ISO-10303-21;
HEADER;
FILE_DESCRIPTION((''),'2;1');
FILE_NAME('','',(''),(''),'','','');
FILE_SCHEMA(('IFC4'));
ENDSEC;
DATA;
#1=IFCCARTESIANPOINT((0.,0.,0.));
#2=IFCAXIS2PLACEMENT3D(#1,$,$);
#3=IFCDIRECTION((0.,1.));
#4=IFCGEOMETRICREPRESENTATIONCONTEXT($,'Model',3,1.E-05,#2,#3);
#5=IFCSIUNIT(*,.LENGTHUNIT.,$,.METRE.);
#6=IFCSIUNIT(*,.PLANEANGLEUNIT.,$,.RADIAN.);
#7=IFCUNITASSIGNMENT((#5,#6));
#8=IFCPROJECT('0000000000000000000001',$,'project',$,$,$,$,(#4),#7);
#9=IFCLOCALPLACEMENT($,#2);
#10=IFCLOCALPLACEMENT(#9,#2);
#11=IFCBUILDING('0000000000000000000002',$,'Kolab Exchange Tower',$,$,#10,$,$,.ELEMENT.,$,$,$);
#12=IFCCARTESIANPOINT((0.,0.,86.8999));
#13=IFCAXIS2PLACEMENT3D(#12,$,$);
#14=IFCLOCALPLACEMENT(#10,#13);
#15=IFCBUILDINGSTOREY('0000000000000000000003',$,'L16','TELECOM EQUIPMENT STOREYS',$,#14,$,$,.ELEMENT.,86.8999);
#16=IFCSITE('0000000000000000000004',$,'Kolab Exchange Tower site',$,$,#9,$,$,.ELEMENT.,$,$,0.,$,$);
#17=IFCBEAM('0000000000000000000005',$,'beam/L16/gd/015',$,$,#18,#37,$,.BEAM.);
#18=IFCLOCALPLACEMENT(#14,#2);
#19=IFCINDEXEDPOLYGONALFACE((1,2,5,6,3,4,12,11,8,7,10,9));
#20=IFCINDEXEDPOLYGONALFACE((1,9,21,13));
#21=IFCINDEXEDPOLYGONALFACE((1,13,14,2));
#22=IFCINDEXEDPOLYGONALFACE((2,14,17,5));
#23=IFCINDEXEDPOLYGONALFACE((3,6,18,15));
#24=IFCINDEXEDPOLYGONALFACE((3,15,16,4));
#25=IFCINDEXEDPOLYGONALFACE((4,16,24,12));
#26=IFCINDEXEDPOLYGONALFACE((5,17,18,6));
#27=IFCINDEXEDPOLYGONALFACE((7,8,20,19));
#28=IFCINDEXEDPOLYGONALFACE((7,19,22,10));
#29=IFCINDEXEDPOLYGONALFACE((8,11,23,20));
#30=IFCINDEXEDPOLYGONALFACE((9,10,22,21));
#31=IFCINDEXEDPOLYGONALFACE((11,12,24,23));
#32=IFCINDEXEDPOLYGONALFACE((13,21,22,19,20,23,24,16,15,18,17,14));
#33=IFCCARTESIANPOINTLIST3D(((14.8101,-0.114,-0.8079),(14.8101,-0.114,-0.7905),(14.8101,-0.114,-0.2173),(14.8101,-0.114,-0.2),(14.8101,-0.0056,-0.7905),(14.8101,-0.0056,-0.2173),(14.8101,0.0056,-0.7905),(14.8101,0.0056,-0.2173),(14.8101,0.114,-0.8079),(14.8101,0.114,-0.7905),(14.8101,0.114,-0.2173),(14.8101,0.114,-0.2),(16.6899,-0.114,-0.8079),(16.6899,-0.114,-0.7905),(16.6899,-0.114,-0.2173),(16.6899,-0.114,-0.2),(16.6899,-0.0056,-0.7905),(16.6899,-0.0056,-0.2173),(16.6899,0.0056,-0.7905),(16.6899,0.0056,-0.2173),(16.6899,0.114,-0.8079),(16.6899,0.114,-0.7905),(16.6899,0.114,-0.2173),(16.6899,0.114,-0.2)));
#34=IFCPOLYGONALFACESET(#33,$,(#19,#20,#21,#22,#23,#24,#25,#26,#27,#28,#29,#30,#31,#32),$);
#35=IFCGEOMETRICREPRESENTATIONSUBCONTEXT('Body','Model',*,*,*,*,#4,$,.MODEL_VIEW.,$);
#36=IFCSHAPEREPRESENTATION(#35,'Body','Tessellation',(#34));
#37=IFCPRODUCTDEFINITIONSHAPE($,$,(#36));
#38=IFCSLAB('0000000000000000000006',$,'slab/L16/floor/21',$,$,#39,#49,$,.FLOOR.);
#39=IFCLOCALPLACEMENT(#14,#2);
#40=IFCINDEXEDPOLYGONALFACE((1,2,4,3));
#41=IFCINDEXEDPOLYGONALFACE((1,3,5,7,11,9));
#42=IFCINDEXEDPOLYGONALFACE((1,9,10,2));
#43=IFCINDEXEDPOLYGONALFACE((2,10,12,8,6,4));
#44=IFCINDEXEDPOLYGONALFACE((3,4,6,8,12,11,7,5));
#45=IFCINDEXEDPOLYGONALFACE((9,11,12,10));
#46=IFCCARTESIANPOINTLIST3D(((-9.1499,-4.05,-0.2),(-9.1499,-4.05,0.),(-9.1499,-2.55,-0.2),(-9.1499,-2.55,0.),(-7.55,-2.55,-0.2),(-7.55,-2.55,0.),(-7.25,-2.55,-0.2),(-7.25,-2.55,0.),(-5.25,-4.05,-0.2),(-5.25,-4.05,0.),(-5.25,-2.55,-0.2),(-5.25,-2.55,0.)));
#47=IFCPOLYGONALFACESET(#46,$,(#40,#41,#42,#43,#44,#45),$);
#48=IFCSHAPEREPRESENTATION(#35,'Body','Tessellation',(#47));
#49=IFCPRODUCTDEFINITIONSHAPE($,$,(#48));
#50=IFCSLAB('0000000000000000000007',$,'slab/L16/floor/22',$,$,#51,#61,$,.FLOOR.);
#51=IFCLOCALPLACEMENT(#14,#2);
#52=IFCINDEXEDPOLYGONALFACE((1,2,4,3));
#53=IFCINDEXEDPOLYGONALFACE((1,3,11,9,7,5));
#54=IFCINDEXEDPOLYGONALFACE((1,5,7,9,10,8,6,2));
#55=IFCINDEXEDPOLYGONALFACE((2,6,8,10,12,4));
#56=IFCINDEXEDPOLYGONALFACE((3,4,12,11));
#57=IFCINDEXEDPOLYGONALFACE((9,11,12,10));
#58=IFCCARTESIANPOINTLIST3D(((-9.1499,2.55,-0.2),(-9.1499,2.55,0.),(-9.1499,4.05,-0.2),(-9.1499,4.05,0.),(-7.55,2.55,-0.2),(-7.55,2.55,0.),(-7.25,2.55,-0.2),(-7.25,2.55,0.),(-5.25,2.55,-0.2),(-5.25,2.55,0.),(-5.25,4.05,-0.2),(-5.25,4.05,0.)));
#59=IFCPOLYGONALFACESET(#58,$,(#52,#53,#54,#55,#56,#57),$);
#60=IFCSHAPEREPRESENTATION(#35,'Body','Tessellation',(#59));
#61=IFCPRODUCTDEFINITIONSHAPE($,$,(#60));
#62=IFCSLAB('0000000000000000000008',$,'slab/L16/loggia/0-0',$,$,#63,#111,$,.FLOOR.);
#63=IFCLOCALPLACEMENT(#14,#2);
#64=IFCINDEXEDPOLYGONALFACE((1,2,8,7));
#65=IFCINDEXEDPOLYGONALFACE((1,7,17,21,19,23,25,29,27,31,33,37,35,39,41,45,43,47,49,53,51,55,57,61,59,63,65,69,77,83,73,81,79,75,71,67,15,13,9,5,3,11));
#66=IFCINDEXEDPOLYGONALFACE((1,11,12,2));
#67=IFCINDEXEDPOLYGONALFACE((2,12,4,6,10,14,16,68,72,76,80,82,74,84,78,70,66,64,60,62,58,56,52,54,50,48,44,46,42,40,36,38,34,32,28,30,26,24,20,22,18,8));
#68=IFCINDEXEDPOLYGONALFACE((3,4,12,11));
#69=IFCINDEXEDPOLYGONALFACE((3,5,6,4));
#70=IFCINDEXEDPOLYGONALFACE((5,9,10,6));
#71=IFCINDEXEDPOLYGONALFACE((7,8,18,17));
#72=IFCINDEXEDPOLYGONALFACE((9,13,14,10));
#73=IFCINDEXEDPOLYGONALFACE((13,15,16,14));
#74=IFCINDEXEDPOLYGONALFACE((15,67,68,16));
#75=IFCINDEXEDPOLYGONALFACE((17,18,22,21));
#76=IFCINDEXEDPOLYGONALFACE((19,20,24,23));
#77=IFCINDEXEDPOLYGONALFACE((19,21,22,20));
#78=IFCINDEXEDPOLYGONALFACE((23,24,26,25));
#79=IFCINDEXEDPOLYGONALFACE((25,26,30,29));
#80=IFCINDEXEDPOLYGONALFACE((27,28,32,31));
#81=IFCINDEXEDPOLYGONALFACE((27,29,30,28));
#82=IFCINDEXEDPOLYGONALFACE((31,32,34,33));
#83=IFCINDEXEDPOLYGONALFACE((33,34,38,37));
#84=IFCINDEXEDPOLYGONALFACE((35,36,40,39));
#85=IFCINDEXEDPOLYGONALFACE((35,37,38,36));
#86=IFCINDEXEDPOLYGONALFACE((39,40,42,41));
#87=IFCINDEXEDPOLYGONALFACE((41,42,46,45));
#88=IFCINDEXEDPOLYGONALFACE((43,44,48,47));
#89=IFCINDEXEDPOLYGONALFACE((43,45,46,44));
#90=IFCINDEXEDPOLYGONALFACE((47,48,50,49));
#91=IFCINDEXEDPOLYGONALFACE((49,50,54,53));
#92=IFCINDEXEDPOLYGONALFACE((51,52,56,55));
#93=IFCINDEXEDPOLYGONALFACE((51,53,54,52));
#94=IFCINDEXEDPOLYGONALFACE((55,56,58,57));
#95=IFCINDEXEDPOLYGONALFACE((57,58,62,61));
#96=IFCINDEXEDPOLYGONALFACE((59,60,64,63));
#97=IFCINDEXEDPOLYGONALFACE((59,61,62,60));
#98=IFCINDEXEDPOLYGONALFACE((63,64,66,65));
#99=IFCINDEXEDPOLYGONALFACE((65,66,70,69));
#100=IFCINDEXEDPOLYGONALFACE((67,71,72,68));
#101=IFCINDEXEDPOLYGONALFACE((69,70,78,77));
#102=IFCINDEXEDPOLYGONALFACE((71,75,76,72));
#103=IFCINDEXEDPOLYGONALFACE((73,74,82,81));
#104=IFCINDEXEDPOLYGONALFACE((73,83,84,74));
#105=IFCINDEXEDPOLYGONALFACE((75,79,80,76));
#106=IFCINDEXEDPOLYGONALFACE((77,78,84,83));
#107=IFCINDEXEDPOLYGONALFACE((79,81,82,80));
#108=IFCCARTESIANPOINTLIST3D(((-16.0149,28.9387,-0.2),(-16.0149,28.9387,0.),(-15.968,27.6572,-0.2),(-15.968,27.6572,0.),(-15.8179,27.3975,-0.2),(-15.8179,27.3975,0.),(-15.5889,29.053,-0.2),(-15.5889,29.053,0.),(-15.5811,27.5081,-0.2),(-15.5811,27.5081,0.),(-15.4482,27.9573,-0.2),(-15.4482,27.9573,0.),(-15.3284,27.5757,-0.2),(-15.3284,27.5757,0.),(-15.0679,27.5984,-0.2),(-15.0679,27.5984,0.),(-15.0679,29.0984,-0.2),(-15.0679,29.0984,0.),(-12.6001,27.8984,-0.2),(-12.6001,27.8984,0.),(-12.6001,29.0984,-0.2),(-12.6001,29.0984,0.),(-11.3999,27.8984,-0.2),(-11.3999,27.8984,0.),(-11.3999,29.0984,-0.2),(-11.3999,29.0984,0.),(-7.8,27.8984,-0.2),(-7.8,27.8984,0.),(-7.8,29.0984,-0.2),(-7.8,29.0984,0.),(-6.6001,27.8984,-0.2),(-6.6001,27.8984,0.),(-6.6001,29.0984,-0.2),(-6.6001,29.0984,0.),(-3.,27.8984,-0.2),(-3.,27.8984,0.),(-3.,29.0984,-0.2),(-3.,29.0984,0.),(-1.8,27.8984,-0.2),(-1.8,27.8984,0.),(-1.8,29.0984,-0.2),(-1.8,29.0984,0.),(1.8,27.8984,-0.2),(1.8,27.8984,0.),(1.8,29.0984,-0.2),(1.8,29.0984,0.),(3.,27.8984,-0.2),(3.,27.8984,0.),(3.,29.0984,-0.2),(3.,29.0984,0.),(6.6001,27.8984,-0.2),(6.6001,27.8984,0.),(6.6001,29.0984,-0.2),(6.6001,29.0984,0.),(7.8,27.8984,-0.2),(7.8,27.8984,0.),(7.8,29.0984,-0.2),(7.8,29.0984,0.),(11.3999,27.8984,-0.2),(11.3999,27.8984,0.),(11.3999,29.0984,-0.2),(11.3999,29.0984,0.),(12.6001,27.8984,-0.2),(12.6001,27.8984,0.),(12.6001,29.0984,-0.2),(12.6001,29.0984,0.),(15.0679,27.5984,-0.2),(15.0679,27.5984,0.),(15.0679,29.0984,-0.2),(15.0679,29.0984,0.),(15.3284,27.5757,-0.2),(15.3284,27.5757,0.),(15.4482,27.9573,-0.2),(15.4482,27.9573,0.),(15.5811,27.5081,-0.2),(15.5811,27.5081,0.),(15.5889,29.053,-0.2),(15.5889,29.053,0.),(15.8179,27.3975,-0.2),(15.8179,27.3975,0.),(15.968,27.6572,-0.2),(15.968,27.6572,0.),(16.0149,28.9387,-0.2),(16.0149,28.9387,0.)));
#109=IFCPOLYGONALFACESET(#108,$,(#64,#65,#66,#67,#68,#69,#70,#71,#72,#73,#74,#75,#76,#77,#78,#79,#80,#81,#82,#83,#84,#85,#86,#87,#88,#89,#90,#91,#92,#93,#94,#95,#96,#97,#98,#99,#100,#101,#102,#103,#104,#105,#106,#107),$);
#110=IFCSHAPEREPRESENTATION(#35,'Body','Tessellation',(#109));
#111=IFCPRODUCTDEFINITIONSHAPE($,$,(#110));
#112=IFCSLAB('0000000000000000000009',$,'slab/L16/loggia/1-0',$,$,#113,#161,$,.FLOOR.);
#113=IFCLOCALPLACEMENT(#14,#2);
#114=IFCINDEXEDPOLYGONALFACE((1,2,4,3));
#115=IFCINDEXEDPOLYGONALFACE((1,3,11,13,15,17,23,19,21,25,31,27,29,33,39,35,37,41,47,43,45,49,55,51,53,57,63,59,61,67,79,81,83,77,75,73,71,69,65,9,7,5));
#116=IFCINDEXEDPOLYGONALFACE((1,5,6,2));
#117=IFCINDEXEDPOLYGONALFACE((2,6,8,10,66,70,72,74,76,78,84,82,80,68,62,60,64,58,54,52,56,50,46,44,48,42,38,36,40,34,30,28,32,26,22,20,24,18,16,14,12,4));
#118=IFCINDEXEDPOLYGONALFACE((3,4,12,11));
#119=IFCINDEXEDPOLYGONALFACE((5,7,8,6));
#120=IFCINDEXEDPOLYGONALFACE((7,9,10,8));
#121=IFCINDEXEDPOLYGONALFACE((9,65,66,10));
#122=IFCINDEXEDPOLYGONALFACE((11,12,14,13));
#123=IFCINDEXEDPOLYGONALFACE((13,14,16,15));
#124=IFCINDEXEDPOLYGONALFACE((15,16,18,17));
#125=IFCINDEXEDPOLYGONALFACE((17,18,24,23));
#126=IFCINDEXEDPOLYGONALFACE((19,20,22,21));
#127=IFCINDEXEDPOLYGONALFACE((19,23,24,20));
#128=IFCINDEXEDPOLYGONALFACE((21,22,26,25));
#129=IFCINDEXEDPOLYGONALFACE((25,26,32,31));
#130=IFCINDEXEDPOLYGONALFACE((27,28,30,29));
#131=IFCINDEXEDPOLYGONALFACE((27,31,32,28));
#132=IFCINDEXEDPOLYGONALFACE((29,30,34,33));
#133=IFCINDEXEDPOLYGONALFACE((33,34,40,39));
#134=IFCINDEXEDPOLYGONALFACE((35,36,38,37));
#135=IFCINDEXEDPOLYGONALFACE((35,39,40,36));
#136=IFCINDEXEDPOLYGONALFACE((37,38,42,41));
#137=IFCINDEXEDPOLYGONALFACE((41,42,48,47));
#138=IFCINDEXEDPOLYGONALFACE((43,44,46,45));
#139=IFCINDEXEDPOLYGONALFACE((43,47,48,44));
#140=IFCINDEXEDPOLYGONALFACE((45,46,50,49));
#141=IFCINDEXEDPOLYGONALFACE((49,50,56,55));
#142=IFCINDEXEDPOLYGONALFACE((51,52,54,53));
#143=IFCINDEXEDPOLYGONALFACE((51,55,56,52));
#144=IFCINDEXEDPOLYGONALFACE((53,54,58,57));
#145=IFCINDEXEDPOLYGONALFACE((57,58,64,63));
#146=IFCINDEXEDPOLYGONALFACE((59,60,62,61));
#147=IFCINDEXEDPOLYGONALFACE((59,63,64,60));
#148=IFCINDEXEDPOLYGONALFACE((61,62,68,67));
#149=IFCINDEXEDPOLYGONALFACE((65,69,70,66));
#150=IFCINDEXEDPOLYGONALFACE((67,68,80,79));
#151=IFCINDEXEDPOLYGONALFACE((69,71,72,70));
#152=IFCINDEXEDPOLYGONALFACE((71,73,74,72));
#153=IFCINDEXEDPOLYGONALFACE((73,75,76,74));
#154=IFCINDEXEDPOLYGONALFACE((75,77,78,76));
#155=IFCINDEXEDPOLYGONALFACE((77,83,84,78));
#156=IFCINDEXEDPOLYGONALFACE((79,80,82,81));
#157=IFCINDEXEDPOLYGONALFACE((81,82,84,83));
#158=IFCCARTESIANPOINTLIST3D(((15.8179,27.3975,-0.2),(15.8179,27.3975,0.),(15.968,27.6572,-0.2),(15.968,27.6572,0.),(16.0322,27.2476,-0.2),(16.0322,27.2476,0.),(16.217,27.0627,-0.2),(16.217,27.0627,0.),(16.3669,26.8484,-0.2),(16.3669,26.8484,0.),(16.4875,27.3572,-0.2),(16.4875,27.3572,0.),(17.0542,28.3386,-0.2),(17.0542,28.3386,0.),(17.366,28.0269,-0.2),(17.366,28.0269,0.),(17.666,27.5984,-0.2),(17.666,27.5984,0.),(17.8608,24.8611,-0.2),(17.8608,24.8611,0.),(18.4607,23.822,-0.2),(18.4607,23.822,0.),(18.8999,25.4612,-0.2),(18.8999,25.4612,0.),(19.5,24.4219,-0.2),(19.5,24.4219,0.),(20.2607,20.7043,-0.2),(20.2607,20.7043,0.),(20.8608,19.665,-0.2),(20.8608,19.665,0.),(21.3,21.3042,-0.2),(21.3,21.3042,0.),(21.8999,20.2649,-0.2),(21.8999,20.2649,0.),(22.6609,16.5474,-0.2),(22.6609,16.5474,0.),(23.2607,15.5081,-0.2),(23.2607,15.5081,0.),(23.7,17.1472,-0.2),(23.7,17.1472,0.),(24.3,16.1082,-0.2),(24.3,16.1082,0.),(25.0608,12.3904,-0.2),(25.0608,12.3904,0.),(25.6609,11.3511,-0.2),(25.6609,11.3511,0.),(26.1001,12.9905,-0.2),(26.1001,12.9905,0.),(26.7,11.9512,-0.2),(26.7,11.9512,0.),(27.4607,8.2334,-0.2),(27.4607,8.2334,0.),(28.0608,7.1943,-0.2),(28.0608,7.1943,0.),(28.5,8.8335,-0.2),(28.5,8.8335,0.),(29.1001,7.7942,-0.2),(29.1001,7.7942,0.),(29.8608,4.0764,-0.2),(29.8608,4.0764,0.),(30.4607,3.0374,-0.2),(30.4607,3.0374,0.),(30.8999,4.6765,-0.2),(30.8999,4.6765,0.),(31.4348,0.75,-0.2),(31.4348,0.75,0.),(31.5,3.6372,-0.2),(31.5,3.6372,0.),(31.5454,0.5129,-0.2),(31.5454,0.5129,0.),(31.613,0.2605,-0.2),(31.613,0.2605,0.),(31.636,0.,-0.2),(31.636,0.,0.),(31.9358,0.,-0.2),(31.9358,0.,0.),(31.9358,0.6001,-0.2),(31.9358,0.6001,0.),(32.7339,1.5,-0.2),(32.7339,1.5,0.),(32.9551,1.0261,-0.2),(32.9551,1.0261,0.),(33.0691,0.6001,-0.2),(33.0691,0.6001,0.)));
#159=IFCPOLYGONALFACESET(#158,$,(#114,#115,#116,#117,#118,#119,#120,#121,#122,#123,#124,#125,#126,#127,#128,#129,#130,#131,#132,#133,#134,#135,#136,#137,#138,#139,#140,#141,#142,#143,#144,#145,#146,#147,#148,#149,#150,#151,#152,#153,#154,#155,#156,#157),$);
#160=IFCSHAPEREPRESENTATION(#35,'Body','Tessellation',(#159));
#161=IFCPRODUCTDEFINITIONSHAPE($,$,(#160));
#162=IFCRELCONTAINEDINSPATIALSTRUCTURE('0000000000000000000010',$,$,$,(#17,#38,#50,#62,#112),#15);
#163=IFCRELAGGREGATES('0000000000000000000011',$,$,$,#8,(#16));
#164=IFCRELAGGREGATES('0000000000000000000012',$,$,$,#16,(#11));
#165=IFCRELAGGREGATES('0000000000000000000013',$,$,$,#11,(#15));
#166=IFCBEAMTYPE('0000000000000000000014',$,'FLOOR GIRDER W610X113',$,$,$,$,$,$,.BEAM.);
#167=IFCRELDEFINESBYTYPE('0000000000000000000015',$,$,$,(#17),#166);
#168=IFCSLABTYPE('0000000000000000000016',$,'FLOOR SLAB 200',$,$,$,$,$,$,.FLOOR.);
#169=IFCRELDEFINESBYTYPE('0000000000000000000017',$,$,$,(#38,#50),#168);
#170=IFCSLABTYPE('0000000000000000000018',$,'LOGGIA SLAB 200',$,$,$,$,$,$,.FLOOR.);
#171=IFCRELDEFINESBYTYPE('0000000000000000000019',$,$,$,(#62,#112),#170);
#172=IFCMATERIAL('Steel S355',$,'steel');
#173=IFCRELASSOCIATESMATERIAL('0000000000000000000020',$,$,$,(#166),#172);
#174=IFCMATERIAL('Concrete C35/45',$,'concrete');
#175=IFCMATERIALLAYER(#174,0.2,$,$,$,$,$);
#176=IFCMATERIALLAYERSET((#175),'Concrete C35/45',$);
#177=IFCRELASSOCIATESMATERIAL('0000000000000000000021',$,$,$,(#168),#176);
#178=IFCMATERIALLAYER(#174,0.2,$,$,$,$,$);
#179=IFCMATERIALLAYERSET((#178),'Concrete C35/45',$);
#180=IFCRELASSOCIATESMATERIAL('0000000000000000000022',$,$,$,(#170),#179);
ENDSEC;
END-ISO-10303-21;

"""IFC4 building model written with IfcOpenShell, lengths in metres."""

from ifc_helpers import new_model, si_unit, direction, frame, origin, origin_2d, place, context, subcontext, project, spatial, polyline, i_section, outline, extrude, material, layer, layer_set, material_profile, profile_set, type_object, element, save


model = new_model("IFC4")

# Units and contexts
model_context = context("Model", 3, precision=1e-05, world=origin(), true_north=direction((0.0, 1.0)))
body_context = subcontext(model_context, "Body", "Model", "MODEL_VIEW")
ifc_project = project(units=[si_unit("LENGTHUNIT", "METRE"), si_unit("PLANEANGLEUNIT", "RADIAN")], contexts=[model_context])

# Site, building, storey
site_placement = place(None, origin())
site = spatial("IfcSite", under=ifc_project, at=site_placement, Name="Kolab Exchange Tower site", CompositionType="ELEMENT", RefElevation=0.0)
building_placement = place(site_placement, origin())
building = spatial("IfcBuilding", under=site, at=building_placement, Name="Kolab Exchange Tower", CompositionType="ELEMENT")
storey_placement = place(building_placement, frame((0.0, 0.0, 86.8999)))
storey = spatial("IfcBuildingStorey", under=building, at=storey_placement, Name="L16", Description="TELECOM EQUIPMENT STOREYS", CompositionType="ELEMENT", Elevation=86.8999)

# Beam
ifc_material_1 = material(Name="Steel S355", Category="steel")
ifc_material_profile = material_profile(ifc_material_1, i_section(OverallWidth=0.228, OverallDepth=0.6079, WebThickness=0.0112, FlangeThickness=0.0173, at=origin_2d()), Name="W610X113")
ifc_profile_set = profile_set([ifc_material_profile], Name="Steel S355")
beam_type = type_object("IfcBeamType", Name="FLOOR GIRDER W610X113", PredefinedType="BEAM", material=ifc_profile_set)
beam_placement = place(storey_placement, frame((14.8101, 0.0, -0.5039), z_axis=(1.0, 0.0, 0.0), x_axis=(0.0, 1.0, 0.0)))
element("IfcBeam", 1, at=beam_placement, inside=storey, type_object=beam_type, Name="beam/L16/gd/015", PredefinedType="BEAM", context=body_context, shape_type="SweptSolid", body=[
    extrude(i_section(OverallWidth=0.228, OverallDepth=0.6079, WebThickness=0.0112, FlangeThickness=0.0173, at=origin_2d()), origin(), (0.0, 0.0, 1.0), 1.8799),
])

# Slabs
ifc_material_2 = material(Name="Concrete C35/45", Category="concrete")
ifc_layer_1 = layer(ifc_material_2, 0.2)
ifc_layer_set_1 = layer_set([ifc_layer_1], Name="Concrete C35/45")
slab_type_1 = type_object("IfcSlabType", Name="FLOOR SLAB 200", PredefinedType="FLOOR", material=ifc_layer_set_1)
slab_1_placement = place(storey_placement, frame((0.0, 0.0, -0.2)))
element("IfcSlab", 2, at=slab_1_placement, inside=storey, type_object=slab_type_1, Name="slab/L16/floor/21", PredefinedType="FLOOR", context=body_context, shape_type="SweptSolid", body=[
    extrude(outline(polyline([(-9.1499, -2.55), (-9.1499, -4.05), (-5.25, -4.05), (-5.25, -2.55), (-7.25, -2.55), (-7.55, -2.55), (-9.1499, -2.55)])), origin(), (0.0, 0.0, 1.0), 0.2),
])
slab_2_placement = place(storey_placement, frame((0.0, 0.0, -0.2)))
element("IfcSlab", 3, at=slab_2_placement, inside=storey, type_object=slab_type_1, Name="slab/L16/floor/22", PredefinedType="FLOOR", context=body_context, shape_type="SweptSolid", body=[
    extrude(outline(polyline([(-5.25, 4.05), (-9.1499, 4.05), (-9.1499, 2.55), (-7.55, 2.55), (-7.25, 2.55), (-5.25, 2.55), (-5.25, 4.05)])), origin(), (0.0, 0.0, 1.0), 0.2),
])
ifc_layer_2 = layer(ifc_material_2, 0.2)
ifc_layer_set_2 = layer_set([ifc_layer_2], Name="Concrete C35/45")
slab_type_2 = type_object("IfcSlabType", Name="LOGGIA SLAB 200", PredefinedType="FLOOR", material=ifc_layer_set_2)
slab_3_placement = place(storey_placement, frame((0.0, 0.0, -0.2)))
element("IfcSlab", 4, at=slab_3_placement, inside=storey, type_object=slab_type_2, Name="slab/L16/loggia/0-0", PredefinedType="FLOOR", context=body_context, shape_type="SweptSolid", body=[
    extrude(outline(polyline([(15.8179, 27.3975), (15.968, 27.6572), (15.4482, 27.9573), (16.0149, 28.9387), (15.5889, 29.053), (15.0679, 29.0984), (12.6001, 29.0984), (12.6001, 27.8984), (11.3999, 27.8984), (11.3999, 29.0984), (7.8, 29.0984), (7.8, 27.8984), (6.6001, 27.8984), (6.6001, 29.0984), (3.0, 29.0984), (3.0, 27.8984), (1.8, 27.8984), (1.8, 29.0984), (-1.8, 29.0984), (-1.8, 27.8984), (-3.0, 27.8984), (-3.0, 29.0984), (-6.6001, 29.0984), (-6.6001, 27.8984), (-7.8, 27.8984), (-7.8, 29.0984), (-11.3999, 29.0984), (-11.3999, 27.8984), (-12.6001, 27.8984), (-12.6001, 29.0984), (-15.0679, 29.0984), (-15.5889, 29.053), (-16.0149, 28.9387), (-15.4482, 27.9573), (-15.968, 27.6572), (-15.8179, 27.3975), (-15.5811, 27.5081), (-15.3284, 27.5757), (-15.0679, 27.5984), (15.0679, 27.5984), (15.3284, 27.5757), (15.5811, 27.5081), (15.8179, 27.3975)])), origin(), (0.0, 0.0, 1.0), 0.2),
])
slab_4_placement = place(storey_placement, frame((0.0, 0.0, -0.2)))
element("IfcSlab", 5, at=slab_4_placement, inside=storey, type_object=slab_type_2, Name="slab/L16/loggia/1-0", PredefinedType="FLOOR", context=body_context, shape_type="SweptSolid", body=[
    extrude(outline(polyline([(31.636, 0.0), (31.9358, 0.0), (31.9358, 0.6001), (33.0691, 0.6001), (32.9551, 1.0261), (32.7339, 1.5), (31.5, 3.6372), (30.4607, 3.0374), (29.8608, 4.0764), (30.8999, 4.6765), (29.1001, 7.7942), (28.0608, 7.1943), (27.4607, 8.2334), (28.5, 8.8335), (26.7, 11.9512), (25.6609, 11.3511), (25.0608, 12.3904), (26.1001, 12.9905), (24.3, 16.1082), (23.2607, 15.5081), (22.6609, 16.5474), (23.7, 17.1472), (21.8999, 20.2649), (20.8608, 19.665), (20.2607, 20.7043), (21.3, 21.3042), (19.5, 24.4219), (18.4607, 23.822), (17.8608, 24.8611), (18.8999, 25.4612), (17.666, 27.5984), (17.366, 28.0269), (17.0542, 28.3386), (16.4875, 27.3572), (15.968, 27.6572), (15.8179, 27.3975), (16.0322, 27.2476), (16.217, 27.0627), (16.3669, 26.8484), (31.4348, 0.75), (31.5454, 0.5129), (31.613, 0.2605), (31.636, 0.0)])), origin(), (0.0, 0.0, 1.0), 0.2),
])

save(model, "model.ifc")
